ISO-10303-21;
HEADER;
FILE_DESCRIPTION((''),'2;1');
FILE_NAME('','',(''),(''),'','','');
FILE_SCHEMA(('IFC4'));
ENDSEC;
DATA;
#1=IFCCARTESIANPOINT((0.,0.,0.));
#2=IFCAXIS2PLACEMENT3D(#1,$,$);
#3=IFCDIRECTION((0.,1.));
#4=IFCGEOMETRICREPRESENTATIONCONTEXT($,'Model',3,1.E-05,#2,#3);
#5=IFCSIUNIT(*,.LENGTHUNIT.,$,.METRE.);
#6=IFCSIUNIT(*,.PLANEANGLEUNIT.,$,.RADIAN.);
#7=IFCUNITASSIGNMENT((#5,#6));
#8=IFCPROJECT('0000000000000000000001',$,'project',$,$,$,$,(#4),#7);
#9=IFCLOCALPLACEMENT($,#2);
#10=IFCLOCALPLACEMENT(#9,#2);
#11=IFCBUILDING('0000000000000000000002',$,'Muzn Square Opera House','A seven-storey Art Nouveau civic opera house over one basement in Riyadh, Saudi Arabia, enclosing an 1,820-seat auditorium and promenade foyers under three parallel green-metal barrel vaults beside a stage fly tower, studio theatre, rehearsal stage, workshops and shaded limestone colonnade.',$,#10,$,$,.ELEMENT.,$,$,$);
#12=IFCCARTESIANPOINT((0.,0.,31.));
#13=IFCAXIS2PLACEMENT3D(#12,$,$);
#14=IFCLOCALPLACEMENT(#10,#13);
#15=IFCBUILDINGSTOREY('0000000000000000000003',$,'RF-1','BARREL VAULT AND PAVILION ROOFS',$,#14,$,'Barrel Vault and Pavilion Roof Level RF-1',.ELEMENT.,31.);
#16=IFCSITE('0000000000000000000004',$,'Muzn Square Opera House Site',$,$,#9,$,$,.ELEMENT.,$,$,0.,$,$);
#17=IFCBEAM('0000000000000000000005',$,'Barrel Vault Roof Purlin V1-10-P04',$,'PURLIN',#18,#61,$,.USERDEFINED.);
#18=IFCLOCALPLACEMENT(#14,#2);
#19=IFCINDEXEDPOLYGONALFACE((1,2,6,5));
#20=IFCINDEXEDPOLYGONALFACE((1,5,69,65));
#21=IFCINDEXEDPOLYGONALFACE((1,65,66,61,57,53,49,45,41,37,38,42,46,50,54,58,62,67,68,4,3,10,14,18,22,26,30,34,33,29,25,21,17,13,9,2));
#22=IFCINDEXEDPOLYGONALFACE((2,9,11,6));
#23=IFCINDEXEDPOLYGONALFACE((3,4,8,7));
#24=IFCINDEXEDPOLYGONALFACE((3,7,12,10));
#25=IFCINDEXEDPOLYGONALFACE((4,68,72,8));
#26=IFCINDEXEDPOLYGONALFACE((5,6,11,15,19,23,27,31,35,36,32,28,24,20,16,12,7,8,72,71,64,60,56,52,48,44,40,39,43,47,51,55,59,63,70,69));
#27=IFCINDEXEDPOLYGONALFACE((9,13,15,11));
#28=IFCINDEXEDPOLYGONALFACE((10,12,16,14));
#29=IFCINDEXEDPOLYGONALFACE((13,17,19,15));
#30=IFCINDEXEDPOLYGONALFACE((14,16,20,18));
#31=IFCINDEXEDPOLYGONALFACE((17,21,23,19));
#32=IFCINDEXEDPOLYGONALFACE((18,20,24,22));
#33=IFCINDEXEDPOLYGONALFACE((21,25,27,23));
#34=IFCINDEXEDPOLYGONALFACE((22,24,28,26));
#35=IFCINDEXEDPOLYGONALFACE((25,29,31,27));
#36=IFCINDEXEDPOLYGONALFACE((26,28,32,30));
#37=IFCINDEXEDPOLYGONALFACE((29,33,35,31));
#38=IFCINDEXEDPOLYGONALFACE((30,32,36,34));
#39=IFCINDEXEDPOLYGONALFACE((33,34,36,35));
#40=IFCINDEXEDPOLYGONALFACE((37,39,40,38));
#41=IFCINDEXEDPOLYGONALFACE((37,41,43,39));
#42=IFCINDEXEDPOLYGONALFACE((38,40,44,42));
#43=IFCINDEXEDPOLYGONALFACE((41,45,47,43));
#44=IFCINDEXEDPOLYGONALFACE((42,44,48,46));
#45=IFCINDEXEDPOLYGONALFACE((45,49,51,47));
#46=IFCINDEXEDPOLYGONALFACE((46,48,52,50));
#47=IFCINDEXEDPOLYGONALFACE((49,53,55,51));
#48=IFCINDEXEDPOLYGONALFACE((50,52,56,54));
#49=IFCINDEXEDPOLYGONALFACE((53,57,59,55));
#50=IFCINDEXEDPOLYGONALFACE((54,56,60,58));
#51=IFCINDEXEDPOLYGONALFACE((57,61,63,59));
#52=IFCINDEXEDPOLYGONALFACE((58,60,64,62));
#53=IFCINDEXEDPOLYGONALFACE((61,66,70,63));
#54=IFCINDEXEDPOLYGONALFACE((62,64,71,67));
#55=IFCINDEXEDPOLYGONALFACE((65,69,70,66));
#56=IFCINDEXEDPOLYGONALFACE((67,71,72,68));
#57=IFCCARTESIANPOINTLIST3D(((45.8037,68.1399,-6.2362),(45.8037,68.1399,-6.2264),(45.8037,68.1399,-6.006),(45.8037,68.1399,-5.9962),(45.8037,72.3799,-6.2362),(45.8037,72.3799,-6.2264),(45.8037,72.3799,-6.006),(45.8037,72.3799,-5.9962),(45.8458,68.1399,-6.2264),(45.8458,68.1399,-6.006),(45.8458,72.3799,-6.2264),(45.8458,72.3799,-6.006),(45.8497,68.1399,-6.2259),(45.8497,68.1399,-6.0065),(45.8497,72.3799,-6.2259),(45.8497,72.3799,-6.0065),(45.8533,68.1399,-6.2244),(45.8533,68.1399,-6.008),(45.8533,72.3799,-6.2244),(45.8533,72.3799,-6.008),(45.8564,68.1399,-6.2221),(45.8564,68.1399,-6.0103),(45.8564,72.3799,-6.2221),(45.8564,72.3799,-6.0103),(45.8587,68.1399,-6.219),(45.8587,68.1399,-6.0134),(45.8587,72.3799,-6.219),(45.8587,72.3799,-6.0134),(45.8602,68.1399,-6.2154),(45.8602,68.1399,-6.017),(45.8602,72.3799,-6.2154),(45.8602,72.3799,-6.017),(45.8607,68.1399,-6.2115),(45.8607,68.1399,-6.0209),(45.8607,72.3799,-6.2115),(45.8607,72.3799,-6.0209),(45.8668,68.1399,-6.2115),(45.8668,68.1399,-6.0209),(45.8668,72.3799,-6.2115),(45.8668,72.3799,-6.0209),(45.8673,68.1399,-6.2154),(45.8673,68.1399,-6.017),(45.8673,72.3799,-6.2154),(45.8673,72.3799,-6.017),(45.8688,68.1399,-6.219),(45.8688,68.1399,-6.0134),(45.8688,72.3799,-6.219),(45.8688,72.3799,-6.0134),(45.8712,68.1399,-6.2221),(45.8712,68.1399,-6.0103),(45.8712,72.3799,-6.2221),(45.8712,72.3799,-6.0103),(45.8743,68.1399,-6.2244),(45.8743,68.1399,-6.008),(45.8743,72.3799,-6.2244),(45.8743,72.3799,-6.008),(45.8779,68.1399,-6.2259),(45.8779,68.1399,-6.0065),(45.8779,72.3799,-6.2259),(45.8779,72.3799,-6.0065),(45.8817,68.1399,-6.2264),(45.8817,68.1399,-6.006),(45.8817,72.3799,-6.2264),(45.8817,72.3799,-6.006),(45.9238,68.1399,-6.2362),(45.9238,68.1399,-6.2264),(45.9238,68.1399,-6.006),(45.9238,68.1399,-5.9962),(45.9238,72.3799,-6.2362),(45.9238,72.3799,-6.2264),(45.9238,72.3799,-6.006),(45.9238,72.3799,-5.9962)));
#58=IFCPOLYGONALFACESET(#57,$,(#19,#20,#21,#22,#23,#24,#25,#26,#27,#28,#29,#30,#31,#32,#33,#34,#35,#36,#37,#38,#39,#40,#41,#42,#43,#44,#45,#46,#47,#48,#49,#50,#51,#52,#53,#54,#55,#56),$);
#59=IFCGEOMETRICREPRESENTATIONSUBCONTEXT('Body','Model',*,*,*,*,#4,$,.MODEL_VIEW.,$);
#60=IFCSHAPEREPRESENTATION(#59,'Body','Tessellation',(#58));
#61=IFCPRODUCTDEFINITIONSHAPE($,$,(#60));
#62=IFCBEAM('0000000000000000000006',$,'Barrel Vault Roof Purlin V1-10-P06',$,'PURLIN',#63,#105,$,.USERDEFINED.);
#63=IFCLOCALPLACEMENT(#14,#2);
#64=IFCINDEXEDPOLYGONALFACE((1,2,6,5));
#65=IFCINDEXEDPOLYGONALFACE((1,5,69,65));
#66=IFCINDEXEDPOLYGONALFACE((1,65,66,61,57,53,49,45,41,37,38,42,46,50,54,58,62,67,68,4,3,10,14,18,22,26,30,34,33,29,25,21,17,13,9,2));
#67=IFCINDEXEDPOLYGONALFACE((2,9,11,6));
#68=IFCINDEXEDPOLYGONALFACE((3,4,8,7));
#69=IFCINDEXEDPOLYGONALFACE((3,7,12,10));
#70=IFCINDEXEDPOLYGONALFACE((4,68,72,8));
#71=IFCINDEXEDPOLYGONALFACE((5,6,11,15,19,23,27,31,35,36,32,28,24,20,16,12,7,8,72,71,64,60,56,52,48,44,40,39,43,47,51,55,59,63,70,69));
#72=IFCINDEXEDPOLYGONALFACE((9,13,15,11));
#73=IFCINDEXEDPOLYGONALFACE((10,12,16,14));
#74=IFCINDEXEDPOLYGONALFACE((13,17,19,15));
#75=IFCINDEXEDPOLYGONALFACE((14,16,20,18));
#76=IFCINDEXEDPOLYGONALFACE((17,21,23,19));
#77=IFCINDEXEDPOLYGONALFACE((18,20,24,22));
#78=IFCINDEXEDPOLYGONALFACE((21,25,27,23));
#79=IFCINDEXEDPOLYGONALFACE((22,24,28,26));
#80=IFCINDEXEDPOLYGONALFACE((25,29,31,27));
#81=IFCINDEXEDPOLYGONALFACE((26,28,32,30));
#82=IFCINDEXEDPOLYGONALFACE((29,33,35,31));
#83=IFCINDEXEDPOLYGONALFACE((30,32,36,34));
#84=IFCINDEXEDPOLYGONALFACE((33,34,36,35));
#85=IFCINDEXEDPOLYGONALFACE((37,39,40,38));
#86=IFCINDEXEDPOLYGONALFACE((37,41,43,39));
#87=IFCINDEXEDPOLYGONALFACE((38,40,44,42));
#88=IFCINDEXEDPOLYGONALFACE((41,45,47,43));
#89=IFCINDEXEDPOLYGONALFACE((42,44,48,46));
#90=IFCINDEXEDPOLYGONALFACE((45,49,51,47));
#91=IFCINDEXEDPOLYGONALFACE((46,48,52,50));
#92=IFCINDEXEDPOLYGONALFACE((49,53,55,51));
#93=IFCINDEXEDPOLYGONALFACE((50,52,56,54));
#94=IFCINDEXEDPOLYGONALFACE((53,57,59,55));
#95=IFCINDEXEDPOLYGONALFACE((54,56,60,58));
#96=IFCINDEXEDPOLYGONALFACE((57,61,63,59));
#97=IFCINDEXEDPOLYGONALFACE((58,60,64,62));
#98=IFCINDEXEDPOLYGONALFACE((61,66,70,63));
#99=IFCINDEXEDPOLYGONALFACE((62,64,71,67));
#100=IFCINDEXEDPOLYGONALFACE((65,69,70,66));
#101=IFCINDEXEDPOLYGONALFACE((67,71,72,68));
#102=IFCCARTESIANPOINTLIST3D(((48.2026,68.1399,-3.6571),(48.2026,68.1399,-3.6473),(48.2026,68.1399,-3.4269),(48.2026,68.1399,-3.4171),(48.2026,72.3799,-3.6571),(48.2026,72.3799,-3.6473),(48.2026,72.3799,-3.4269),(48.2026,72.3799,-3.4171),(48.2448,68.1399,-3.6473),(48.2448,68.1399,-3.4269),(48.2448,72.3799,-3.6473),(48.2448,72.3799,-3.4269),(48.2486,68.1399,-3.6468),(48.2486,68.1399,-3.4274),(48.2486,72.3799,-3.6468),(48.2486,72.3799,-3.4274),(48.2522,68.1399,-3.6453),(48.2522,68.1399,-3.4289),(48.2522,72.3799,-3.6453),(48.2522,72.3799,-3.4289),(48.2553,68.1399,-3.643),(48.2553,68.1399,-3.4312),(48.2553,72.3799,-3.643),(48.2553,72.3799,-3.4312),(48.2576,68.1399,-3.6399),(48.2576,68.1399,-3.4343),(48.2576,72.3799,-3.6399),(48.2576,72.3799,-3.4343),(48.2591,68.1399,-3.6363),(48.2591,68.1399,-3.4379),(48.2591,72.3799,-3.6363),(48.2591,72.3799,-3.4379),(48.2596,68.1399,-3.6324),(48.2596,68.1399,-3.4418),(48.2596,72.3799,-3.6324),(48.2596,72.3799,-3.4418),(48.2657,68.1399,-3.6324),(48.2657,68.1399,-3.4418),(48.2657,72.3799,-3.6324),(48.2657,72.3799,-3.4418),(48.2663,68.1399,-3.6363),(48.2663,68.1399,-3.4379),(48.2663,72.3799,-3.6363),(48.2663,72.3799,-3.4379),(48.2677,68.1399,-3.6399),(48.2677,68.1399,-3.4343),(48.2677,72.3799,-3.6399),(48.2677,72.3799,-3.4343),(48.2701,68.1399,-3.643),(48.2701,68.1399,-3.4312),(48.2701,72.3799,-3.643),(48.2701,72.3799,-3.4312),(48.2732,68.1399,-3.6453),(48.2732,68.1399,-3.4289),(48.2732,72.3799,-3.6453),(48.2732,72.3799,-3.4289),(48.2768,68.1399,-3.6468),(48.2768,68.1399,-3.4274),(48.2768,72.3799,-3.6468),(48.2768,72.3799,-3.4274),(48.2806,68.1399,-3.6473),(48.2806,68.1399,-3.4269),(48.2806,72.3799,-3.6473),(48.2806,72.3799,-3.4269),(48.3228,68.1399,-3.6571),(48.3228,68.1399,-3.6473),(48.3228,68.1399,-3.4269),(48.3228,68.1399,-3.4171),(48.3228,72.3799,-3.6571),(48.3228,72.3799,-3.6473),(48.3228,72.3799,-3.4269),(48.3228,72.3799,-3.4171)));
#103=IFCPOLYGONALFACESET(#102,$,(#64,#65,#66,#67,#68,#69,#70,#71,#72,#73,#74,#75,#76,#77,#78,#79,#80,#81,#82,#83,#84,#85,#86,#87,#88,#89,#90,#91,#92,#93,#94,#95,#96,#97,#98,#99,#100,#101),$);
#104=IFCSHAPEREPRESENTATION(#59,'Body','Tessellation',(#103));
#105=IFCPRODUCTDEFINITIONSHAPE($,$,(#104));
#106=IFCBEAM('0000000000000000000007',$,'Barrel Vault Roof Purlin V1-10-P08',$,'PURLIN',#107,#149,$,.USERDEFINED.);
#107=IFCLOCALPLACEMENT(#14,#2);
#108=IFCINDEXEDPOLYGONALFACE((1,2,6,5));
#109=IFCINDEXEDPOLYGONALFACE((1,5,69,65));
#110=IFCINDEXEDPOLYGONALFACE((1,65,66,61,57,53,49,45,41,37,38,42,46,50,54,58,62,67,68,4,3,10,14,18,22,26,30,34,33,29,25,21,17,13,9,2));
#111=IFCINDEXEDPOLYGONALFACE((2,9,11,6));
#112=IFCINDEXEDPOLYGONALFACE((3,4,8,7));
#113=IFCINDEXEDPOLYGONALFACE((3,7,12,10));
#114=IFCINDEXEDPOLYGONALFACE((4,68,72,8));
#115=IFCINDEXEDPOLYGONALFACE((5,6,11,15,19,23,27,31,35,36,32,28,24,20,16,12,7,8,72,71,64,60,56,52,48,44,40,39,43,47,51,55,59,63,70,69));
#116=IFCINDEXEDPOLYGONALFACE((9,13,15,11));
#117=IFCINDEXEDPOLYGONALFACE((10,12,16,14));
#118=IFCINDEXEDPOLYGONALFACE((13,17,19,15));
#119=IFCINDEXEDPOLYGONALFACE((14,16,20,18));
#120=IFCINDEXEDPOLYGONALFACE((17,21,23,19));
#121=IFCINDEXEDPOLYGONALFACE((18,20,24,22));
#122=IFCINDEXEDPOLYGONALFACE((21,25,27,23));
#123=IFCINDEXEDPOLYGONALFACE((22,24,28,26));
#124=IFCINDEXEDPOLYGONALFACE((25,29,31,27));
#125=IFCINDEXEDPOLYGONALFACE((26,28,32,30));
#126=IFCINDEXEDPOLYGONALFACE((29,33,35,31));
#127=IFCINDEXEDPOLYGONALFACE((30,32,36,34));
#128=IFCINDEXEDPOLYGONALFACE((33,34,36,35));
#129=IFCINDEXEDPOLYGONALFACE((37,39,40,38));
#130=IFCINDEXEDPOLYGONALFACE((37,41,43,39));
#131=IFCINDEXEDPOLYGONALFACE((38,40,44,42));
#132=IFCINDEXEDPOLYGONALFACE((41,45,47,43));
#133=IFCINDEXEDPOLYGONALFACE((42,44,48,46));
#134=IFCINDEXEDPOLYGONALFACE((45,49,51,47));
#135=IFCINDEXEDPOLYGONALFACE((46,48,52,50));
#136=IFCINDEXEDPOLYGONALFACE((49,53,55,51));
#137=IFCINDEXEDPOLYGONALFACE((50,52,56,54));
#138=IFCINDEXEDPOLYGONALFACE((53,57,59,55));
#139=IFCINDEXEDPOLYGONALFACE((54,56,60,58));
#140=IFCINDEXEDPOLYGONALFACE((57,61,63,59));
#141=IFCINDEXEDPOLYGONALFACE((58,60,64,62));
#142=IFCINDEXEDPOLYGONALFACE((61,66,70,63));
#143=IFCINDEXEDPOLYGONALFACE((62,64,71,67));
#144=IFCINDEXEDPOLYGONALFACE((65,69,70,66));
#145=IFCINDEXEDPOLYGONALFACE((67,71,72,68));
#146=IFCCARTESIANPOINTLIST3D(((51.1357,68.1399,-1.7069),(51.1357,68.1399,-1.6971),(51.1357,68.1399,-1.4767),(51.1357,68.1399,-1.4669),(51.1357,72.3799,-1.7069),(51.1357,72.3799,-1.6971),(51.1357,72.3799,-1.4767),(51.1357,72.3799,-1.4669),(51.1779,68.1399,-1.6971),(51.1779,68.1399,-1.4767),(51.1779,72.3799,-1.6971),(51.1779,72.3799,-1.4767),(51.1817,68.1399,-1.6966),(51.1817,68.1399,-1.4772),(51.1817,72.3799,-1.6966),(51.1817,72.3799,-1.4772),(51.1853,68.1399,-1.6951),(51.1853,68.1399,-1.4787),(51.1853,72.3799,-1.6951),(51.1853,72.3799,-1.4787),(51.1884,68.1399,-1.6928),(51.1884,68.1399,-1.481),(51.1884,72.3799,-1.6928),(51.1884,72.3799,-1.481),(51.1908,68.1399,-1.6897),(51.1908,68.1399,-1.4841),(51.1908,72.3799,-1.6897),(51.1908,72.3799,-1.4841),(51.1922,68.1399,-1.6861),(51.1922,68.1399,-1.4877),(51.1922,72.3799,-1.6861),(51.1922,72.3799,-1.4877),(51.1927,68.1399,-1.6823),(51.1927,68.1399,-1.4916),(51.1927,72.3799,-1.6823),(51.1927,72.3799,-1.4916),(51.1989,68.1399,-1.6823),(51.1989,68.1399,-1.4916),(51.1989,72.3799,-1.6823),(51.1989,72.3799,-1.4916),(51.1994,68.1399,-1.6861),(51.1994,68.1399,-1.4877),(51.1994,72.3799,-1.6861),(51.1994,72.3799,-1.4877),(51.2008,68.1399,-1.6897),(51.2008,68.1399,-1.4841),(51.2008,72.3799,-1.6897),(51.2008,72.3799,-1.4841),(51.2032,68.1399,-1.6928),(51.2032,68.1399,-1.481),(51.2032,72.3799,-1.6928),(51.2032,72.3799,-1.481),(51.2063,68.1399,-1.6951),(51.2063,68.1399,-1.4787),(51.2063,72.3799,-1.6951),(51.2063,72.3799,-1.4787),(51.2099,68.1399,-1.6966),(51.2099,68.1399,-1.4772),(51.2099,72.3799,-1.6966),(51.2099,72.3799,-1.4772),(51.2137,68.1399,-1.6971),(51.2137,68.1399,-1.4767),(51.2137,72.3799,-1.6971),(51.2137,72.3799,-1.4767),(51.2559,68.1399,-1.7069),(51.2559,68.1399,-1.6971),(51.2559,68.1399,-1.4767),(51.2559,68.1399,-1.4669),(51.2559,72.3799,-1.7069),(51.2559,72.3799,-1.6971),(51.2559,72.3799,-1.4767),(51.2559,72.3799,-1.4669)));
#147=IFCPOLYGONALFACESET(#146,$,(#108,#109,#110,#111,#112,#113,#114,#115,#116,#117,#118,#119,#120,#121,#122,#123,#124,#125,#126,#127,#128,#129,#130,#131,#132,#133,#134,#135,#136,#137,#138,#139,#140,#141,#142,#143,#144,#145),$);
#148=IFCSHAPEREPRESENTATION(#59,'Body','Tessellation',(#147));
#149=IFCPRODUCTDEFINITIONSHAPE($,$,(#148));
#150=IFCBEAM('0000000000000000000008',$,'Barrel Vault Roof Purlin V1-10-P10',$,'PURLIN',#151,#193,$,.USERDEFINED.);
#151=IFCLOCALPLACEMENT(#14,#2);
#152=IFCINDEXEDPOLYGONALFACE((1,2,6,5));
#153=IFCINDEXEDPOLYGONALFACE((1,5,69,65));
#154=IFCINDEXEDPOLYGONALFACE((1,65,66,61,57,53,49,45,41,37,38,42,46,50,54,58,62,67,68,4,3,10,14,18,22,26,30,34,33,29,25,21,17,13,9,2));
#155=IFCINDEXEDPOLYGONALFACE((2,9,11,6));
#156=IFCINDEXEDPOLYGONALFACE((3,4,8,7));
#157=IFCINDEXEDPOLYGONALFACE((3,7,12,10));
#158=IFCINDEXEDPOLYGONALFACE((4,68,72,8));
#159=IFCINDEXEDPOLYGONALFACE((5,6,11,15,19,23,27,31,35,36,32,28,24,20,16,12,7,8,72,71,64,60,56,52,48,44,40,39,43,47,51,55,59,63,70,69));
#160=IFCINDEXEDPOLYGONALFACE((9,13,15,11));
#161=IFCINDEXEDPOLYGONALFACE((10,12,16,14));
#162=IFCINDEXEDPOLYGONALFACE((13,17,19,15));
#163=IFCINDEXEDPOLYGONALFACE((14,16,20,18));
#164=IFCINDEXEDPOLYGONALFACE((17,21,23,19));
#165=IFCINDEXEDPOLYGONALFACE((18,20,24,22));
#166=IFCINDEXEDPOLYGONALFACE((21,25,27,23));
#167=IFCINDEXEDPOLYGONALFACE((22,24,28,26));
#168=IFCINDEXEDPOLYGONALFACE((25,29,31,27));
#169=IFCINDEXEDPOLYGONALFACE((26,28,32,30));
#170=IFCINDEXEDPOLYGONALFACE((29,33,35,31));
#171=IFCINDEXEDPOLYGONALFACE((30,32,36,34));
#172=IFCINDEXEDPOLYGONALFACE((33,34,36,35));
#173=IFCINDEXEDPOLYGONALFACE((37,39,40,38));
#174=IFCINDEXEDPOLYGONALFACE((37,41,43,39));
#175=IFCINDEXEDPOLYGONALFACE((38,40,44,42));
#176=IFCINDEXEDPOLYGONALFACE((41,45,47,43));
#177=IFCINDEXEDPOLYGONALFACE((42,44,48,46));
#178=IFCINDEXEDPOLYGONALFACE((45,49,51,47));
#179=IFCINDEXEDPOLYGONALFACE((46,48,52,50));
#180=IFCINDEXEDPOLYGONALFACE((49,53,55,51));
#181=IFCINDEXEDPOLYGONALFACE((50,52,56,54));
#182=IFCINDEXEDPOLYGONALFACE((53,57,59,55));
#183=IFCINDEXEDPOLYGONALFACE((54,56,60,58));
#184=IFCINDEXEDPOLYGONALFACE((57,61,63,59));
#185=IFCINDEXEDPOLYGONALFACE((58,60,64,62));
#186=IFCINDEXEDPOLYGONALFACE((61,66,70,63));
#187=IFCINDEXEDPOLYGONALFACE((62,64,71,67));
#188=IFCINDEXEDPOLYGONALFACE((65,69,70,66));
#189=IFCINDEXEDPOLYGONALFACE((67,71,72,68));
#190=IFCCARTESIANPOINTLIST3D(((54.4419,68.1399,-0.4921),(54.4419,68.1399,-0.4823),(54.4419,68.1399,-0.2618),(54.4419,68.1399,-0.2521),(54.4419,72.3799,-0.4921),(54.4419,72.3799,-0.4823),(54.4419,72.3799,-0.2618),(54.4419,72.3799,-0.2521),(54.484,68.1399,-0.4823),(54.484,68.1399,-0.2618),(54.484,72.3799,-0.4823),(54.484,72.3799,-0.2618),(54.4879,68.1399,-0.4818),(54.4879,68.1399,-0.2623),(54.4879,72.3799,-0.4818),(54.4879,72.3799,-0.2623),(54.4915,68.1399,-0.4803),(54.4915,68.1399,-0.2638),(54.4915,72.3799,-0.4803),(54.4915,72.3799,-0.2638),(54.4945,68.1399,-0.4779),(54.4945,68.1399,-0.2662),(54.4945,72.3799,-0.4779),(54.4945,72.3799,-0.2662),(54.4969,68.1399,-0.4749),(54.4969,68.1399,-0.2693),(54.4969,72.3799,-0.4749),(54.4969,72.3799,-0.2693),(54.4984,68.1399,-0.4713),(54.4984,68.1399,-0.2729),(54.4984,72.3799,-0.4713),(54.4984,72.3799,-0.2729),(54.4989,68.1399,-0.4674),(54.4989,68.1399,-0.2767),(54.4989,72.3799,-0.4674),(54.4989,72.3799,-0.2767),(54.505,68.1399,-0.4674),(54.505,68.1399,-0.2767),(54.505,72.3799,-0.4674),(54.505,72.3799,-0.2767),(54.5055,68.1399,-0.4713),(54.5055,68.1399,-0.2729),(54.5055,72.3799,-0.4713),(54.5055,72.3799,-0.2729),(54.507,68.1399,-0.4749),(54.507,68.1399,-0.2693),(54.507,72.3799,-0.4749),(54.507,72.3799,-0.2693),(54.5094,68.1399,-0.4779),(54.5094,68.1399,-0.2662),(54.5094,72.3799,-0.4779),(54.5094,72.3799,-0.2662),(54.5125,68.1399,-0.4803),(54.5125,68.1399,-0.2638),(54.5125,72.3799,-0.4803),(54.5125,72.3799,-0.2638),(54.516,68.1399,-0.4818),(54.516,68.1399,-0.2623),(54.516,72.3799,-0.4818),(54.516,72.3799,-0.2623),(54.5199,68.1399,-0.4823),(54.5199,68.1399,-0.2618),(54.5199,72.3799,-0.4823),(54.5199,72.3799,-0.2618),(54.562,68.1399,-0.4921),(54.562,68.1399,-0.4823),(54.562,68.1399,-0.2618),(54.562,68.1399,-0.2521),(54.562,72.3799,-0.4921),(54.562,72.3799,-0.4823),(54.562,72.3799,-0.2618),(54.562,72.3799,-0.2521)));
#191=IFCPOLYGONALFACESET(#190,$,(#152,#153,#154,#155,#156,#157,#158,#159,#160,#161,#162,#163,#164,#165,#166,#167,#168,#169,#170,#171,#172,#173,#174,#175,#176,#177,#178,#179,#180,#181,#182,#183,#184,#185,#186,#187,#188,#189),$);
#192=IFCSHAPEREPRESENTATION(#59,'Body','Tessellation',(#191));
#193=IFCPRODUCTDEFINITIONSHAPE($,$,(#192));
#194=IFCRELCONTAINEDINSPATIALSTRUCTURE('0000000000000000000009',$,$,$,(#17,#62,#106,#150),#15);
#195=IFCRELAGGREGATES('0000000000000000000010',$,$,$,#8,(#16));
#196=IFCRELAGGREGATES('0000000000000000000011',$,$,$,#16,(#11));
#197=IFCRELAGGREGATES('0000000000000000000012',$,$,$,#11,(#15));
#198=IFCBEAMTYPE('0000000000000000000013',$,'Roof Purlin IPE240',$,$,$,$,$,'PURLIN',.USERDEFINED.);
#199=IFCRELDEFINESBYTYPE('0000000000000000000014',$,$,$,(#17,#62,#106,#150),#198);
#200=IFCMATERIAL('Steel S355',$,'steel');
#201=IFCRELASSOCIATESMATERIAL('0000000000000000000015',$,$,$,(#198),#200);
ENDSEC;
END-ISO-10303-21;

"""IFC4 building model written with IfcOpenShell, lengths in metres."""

from ifc_helpers import new_model, si_unit, direction, frame, origin, origin_2d, place, context, subcontext, project, spatial, i_section, extrude, material, material_profile, profile_set, type_object, element, save


model = new_model("IFC4")

# Units and contexts
model_context = context("Model", 3, precision=1e-05, world=origin(), true_north=direction((0.0, 1.0)))
body_context = subcontext(model_context, "Body", "Model", "MODEL_VIEW")
ifc_project = project(units=[si_unit("LENGTHUNIT", "METRE"), si_unit("PLANEANGLEUNIT", "RADIAN")], contexts=[model_context])

# Site, building, storey
site_placement = place(None, origin())
site = spatial("IfcSite", under=ifc_project, at=site_placement, Name="Muzn Square Opera House Site", CompositionType="ELEMENT", RefElevation=0.0)
building_placement = place(site_placement, origin())
building = spatial("IfcBuilding", under=site, at=building_placement, Name="Muzn Square Opera House", Description="A seven-storey Art Nouveau civic opera house over one basement in Riyadh, Saudi Arabia, enclosing an 1,820-seat auditorium and promenade foyers under three parallel green-metal barrel vaults beside a stage fly tower, studio theatre, rehearsal stage, workshops and shaded limestone colonnade.", CompositionType="ELEMENT")
storey_placement = place(building_placement, frame((0.0, 0.0, 31.0)))
storey = spatial("IfcBuildingStorey", under=building, at=storey_placement, Name="RF-1", Description="BARREL VAULT AND PAVILION ROOFS", LongName="Barrel Vault and Pavilion Roof Level RF-1", CompositionType="ELEMENT", Elevation=31.0)

# Shared definitions
ifc_material_1 = material(Name="Steel S355", Category="steel")

# Beams
ifc_material_profile_1 = material_profile(ifc_material_1, i_section(OverallWidth=0.1201, OverallDepth=0.24, WebThickness=0.0061, FlangeThickness=0.0098, FilletRadius=0.0149, at=origin_2d()), Name="IPE 240", Category="steel")
ifc_profile_set_1 = profile_set([ifc_material_profile_1], Name="Steel S355")
beam_type_1 = type_object("IfcBeamType", Name="Roof Purlin IPE240", ElementType="PURLIN", PredefinedType="USERDEFINED", material=ifc_profile_set_1)
for number, where, z_axis, x_axis, name in (
    (1, (45.8638, 68.1399, -6.1162), (0.0, 1.0, 0.0), (-1.0, 0.0, 0.0), "Barrel Vault Roof Purlin V1-10-P04"),
    (2, (48.2627, 68.1399, -3.5371), (0.0, 1.0, 0.0), (-1.0, 0.0, 0.0), "Barrel Vault Roof Purlin V1-10-P06"),
    (3, (51.1958, 68.1399, -1.5869), (0.0, 1.0, 0.0), (-1.0, 0.0, 0.0), "Barrel Vault Roof Purlin V1-10-P08"),
    (4, (54.502, 68.1399, -0.3721), (0.0, 1.0, 0.0), (-1.0, 0.0, 0.0), "Barrel Vault Roof Purlin V1-10-P10"),
):
    element("IfcBeam", number, at=place(storey_placement, frame(where, z_axis=z_axis, x_axis=x_axis)), inside=storey, type_object=beam_type_1, Name=name, ObjectType="PURLIN", PredefinedType="USERDEFINED", context=body_context, shape_type="SweptSolid", body=[
        extrude(i_section(OverallWidth=0.1201, OverallDepth=0.24, WebThickness=0.0061, FlangeThickness=0.0098, FilletRadius=0.0149, at=origin_2d()), origin(), (0.0, 0.0, 1.0), 4.24),
    ])

save(model, "model.ifc")
